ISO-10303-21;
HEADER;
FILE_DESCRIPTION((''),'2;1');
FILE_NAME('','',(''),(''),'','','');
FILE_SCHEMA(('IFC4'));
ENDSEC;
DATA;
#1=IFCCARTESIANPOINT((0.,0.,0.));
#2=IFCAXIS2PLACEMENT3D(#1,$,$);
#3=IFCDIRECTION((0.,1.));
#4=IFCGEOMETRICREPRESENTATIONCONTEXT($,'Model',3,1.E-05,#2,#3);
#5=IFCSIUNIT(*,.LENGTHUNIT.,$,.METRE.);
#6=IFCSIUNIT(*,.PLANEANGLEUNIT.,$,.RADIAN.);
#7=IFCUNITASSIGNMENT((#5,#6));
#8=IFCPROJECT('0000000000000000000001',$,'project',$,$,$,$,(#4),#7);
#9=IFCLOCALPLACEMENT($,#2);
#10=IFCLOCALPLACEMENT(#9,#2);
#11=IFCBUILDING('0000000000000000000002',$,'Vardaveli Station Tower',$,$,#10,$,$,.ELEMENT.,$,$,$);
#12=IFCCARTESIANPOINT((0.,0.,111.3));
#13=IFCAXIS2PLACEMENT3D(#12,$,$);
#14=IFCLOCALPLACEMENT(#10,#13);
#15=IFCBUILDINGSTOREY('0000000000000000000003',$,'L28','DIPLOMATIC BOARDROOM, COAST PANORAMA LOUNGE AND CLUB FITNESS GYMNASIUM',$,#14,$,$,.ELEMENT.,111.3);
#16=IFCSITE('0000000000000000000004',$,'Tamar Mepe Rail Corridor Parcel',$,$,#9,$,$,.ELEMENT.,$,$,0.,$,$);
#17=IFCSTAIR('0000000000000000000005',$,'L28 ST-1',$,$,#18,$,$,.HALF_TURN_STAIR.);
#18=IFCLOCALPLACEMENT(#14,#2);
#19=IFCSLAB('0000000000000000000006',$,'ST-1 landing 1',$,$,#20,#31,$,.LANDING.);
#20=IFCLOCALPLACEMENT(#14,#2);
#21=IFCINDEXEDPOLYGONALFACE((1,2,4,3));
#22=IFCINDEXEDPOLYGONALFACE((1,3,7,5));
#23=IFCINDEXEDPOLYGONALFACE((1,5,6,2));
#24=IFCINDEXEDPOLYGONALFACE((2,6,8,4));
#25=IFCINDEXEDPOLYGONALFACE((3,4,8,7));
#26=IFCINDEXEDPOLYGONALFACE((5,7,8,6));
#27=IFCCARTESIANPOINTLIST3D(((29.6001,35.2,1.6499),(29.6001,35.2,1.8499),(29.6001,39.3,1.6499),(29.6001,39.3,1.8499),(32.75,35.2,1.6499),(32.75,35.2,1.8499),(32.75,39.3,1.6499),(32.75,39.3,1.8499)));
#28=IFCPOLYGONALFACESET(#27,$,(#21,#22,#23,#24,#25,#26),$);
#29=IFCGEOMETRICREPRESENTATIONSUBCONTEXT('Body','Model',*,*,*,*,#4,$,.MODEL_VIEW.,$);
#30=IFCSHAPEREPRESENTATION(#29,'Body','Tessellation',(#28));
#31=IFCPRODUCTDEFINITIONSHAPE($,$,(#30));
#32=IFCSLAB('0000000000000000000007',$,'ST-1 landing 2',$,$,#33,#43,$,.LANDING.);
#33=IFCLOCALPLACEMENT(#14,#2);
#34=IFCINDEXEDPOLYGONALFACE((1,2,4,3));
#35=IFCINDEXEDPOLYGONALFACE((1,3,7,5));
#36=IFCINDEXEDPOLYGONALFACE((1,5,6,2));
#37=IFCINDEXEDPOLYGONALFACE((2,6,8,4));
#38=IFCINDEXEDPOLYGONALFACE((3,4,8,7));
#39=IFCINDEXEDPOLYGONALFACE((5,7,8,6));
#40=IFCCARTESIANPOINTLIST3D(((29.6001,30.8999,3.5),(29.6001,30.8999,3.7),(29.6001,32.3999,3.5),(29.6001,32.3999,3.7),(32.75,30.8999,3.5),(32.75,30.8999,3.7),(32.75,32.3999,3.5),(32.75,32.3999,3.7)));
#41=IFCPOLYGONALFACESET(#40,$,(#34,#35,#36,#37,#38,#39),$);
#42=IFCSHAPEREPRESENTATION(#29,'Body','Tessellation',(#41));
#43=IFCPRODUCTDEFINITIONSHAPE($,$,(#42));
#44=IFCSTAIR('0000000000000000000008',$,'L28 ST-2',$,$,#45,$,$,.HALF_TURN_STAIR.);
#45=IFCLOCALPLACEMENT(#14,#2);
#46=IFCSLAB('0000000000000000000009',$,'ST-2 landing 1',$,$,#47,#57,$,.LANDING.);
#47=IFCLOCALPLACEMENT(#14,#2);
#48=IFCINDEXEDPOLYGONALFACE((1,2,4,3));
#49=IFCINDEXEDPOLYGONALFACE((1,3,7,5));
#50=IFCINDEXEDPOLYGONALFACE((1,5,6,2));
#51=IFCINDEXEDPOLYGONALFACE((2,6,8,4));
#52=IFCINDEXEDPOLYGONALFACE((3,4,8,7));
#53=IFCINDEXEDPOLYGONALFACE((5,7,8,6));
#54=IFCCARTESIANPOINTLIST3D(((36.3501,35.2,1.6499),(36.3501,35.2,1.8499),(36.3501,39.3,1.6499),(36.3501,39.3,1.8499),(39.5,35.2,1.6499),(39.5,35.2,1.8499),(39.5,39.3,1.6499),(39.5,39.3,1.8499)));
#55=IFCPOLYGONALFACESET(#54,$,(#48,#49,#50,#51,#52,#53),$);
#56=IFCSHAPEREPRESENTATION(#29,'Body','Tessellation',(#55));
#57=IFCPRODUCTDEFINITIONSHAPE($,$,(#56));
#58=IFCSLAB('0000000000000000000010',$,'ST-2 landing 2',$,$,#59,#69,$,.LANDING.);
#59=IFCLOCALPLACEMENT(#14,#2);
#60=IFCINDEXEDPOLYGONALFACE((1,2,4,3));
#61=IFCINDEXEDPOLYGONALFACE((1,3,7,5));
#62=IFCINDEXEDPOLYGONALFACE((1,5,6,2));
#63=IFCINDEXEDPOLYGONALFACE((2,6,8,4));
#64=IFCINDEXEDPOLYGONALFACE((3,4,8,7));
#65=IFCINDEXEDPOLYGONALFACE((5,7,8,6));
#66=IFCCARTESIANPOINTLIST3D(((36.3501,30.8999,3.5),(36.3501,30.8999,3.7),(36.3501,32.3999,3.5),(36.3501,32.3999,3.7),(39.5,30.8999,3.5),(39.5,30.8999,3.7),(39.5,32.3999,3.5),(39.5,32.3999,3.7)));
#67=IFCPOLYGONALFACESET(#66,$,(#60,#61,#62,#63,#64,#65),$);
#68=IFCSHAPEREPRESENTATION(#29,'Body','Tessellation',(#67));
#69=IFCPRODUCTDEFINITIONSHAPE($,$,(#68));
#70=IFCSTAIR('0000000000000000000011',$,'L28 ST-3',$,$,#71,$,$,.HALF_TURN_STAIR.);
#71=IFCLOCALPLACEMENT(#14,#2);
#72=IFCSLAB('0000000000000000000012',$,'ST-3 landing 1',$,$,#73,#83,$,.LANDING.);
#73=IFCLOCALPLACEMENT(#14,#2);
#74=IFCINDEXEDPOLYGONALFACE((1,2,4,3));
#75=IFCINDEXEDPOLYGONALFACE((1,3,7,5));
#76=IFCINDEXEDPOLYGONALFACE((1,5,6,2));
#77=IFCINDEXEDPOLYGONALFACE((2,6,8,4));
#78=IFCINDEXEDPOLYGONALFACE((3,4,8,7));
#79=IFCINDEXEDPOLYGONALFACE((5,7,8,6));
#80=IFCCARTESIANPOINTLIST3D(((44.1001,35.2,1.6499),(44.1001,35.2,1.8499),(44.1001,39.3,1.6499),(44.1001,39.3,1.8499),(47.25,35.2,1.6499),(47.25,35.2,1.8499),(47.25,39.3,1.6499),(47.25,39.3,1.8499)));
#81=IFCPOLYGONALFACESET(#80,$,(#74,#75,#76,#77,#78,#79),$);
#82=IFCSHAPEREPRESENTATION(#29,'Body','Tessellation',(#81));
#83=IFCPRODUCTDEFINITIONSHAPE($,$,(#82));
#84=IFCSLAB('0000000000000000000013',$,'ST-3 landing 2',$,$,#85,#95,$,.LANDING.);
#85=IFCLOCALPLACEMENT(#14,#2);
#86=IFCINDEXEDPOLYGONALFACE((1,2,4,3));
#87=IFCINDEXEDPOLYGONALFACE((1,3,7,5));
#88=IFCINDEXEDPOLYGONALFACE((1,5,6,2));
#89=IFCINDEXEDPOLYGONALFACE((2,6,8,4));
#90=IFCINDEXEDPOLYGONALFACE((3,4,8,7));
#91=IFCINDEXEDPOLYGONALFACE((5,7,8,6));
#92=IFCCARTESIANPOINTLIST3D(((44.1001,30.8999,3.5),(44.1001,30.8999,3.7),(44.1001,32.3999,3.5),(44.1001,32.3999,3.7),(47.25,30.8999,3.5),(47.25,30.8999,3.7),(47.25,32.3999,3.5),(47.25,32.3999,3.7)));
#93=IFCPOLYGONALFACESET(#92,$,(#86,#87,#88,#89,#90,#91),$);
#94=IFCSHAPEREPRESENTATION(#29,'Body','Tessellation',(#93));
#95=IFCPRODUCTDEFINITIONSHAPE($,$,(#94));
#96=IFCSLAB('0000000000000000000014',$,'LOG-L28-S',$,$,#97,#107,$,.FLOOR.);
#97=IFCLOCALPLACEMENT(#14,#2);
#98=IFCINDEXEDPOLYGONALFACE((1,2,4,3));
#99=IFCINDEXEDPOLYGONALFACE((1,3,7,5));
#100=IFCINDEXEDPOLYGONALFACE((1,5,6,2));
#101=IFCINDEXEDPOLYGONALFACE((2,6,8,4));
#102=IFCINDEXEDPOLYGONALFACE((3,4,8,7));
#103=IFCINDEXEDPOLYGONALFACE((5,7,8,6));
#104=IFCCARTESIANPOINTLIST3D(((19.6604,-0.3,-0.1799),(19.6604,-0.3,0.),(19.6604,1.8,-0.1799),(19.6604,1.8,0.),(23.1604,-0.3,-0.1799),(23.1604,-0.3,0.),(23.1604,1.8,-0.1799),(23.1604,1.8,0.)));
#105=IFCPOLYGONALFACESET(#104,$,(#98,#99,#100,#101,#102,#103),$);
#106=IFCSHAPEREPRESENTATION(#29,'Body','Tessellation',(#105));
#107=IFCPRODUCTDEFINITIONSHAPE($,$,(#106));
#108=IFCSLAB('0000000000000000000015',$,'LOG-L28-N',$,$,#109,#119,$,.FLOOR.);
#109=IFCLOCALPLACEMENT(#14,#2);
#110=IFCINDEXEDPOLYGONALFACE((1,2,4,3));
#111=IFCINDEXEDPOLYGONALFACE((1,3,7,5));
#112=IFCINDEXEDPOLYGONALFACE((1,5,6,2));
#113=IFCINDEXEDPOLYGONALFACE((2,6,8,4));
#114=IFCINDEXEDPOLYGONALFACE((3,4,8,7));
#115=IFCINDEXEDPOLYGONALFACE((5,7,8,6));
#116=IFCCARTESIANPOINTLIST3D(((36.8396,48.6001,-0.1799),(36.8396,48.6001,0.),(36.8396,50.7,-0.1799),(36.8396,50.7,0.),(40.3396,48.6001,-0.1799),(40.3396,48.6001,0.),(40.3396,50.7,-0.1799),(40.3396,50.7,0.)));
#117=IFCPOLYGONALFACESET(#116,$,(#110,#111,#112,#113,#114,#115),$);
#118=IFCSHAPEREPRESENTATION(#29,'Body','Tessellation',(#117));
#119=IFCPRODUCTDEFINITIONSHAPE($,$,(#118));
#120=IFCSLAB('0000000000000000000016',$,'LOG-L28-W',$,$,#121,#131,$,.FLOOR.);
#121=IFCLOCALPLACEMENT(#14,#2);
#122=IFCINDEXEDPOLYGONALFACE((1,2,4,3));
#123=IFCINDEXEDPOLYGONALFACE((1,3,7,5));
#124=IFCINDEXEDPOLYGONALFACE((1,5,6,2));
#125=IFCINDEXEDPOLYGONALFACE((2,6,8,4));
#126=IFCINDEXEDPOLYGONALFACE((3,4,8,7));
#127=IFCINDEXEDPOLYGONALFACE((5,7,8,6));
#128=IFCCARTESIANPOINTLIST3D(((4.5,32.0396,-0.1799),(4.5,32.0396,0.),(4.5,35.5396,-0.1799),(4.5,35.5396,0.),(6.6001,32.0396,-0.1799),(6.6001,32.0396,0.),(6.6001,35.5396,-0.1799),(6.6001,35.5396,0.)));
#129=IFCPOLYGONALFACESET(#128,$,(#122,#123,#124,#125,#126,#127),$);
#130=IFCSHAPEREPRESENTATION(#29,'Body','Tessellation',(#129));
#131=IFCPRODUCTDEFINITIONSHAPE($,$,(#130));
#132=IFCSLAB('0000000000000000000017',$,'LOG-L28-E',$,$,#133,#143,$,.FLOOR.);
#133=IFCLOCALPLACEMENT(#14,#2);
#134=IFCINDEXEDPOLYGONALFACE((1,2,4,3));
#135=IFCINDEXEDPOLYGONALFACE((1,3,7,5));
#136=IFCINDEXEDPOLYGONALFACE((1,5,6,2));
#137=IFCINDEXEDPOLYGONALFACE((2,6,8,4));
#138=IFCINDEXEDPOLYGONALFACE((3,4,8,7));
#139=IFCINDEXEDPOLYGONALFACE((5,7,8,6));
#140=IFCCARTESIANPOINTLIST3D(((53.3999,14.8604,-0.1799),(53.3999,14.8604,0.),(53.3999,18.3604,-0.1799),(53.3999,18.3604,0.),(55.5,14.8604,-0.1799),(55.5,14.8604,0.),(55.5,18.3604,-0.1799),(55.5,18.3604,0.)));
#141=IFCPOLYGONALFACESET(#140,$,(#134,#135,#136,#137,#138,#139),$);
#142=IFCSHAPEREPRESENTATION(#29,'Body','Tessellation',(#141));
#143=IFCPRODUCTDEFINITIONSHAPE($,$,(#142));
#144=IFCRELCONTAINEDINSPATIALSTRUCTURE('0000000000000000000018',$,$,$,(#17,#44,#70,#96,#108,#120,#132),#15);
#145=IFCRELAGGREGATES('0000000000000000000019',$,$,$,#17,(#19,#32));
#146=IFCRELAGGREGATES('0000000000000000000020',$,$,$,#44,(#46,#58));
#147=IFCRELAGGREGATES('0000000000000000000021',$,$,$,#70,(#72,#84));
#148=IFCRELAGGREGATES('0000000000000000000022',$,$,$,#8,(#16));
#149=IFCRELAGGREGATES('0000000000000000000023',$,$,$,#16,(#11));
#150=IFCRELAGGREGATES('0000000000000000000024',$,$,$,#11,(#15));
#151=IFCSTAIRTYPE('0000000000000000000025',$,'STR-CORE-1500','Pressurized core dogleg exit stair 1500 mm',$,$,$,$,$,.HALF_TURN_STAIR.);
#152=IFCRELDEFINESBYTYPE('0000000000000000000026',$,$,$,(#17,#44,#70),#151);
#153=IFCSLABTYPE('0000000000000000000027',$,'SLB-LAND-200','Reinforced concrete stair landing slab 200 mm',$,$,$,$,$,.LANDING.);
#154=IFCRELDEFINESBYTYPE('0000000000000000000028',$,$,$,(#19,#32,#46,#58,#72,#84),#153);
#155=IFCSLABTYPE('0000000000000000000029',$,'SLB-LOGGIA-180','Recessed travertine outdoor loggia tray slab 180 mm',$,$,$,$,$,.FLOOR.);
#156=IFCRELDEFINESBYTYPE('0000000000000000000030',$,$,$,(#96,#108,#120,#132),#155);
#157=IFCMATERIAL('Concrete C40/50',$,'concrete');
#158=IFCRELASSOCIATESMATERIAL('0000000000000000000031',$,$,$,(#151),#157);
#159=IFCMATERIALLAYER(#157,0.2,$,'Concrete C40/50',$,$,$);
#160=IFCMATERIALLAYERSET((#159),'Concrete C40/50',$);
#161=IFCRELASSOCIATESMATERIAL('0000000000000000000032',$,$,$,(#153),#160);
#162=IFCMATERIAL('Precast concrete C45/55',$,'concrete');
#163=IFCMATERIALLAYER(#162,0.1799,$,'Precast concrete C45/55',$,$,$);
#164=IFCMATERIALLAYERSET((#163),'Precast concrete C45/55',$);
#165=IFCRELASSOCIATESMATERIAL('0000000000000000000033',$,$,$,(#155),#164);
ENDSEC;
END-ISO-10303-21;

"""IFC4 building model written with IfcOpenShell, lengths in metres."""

from ifc_helpers import new_model, si_unit, direction, frame, origin, place, context, subcontext, project, spatial, polyline, outline, extrude, material, layer, layer_set, type_object, element, aggregate, save


model = new_model("IFC4")

# Units and contexts
model_context = context("Model", 3, precision=1e-05, world=origin(), true_north=direction((0.0, 1.0)))
body_context = subcontext(model_context, "Body", "Model", "MODEL_VIEW")
ifc_project = project(units=[si_unit("LENGTHUNIT", "METRE"), si_unit("PLANEANGLEUNIT", "RADIAN")], contexts=[model_context])

# Site, building, storey
site_placement = place(None, origin())
site = spatial("IfcSite", under=ifc_project, at=site_placement, Name="Tamar Mepe Rail Corridor Parcel", CompositionType="ELEMENT", RefElevation=0.0)
building_placement = place(site_placement, origin())
building = spatial("IfcBuilding", under=site, at=building_placement, Name="Vardaveli Station Tower", CompositionType="ELEMENT")
storey_placement = place(building_placement, frame((0.0, 0.0, 111.3)))
storey = spatial("IfcBuildingStorey", under=building, at=storey_placement, Name="L28", Description="DIPLOMATIC BOARDROOM, COAST PANORAMA LOUNGE AND CLUB FITNESS GYMNASIUM", CompositionType="ELEMENT", Elevation=111.3)

# Stairs, slabs
ifc_material_1 = material(Name="Concrete C40/50", Category="concrete")
stair_type = type_object("IfcStairType", Name="STR-CORE-1500", Description="Pressurized core dogleg exit stair 1500 mm", PredefinedType="HALF_TURN_STAIR", material=ifc_material_1)
stair_1_placement = place(storey_placement, origin())
stair_1 = element("IfcStair", 1, at=stair_1_placement, inside=storey, type_object=stair_type, Name="L28 ST-1", PredefinedType="HALF_TURN_STAIR")
ifc_layer_1 = layer(ifc_material_1, 0.2, Name="Concrete C40/50")
ifc_layer_set_1 = layer_set([ifc_layer_1], Name="Concrete C40/50")
slab_type_1 = type_object("IfcSlabType", Name="SLB-LAND-200", Description="Reinforced concrete stair landing slab 200 mm", PredefinedType="LANDING", material=ifc_layer_set_1)
slab_1_placement = place(storey_placement, frame((0.0, 0.0, 1.6499)))
slab_1 = element("IfcSlab", 2, at=slab_1_placement, type_object=slab_type_1, Name="ST-1 landing 1", PredefinedType="LANDING", context=body_context, shape_type="SweptSolid", body=[
    extrude(outline(polyline([(32.75, 35.2), (32.75, 39.3), (29.6001, 39.3), (29.6001, 35.2), (32.75, 35.2)])), origin(), (0.0, 0.0, 1.0), 0.2),
])
slab_2_placement = place(storey_placement, frame((0.0, 0.0, 3.5)))
slab_2 = element("IfcSlab", 3, at=slab_2_placement, type_object=slab_type_1, Name="ST-1 landing 2", PredefinedType="LANDING", context=body_context, shape_type="SweptSolid", body=[
    extrude(outline(polyline([(32.75, 30.8999), (32.75, 32.3999), (29.6001, 32.3999), (29.6001, 30.8999), (32.75, 30.8999)])), origin(), (0.0, 0.0, 1.0), 0.2),
])
aggregate(stair_1, [slab_1, slab_2])
stair_2_placement = place(storey_placement, origin())
stair_2 = element("IfcStair", 4, at=stair_2_placement, inside=storey, type_object=stair_type, Name="L28 ST-2", PredefinedType="HALF_TURN_STAIR")
slab_3_placement = place(storey_placement, frame((0.0, 0.0, 1.6499)))
slab_3 = element("IfcSlab", 5, at=slab_3_placement, type_object=slab_type_1, Name="ST-2 landing 1", PredefinedType="LANDING", context=body_context, shape_type="SweptSolid", body=[
    extrude(outline(polyline([(39.5, 35.2), (39.5, 39.3), (36.3501, 39.3), (36.3501, 35.2), (39.5, 35.2)])), origin(), (0.0, 0.0, 1.0), 0.2),
])
slab_4_placement = place(storey_placement, frame((0.0, 0.0, 3.5)))
slab_4 = element("IfcSlab", 6, at=slab_4_placement, type_object=slab_type_1, Name="ST-2 landing 2", PredefinedType="LANDING", context=body_context, shape_type="SweptSolid", body=[
    extrude(outline(polyline([(39.5, 30.8999), (39.5, 32.3999), (36.3501, 32.3999), (36.3501, 30.8999), (39.5, 30.8999)])), origin(), (0.0, 0.0, 1.0), 0.2),
])
aggregate(stair_2, [slab_3, slab_4])
stair_3_placement = place(storey_placement, origin())
stair_3 = element("IfcStair", 7, at=stair_3_placement, inside=storey, type_object=stair_type, Name="L28 ST-3", PredefinedType="HALF_TURN_STAIR")
slab_5_placement = place(storey_placement, frame((0.0, 0.0, 1.6499)))
slab_5 = element("IfcSlab", 8, at=slab_5_placement, type_object=slab_type_1, Name="ST-3 landing 1", PredefinedType="LANDING", context=body_context, shape_type="SweptSolid", body=[
    extrude(outline(polyline([(47.25, 35.2), (47.25, 39.3), (44.1001, 39.3), (44.1001, 35.2), (47.25, 35.2)])), origin(), (0.0, 0.0, 1.0), 0.2),
])
slab_6_placement = place(storey_placement, frame((0.0, 0.0, 3.5)))
slab_6 = element("IfcSlab", 9, at=slab_6_placement, type_object=slab_type_1, Name="ST-3 landing 2", PredefinedType="LANDING", context=body_context, shape_type="SweptSolid", body=[
    extrude(outline(polyline([(47.25, 30.8999), (47.25, 32.3999), (44.1001, 32.3999), (44.1001, 30.8999), (47.25, 30.8999)])), origin(), (0.0, 0.0, 1.0), 0.2),
])
aggregate(stair_3, [slab_5, slab_6])

# Slabs
ifc_material_2 = material(Name="Precast concrete C45/55", Category="concrete")
ifc_layer_2 = layer(ifc_material_2, 0.1799, Name="Precast concrete C45/55")
ifc_layer_set_2 = layer_set([ifc_layer_2], Name="Precast concrete C45/55")
slab_type_2 = type_object("IfcSlabType", Name="SLB-LOGGIA-180", Description="Recessed travertine outdoor loggia tray slab 180 mm", PredefinedType="FLOOR", material=ifc_layer_set_2)
slab_7_placement = place(storey_placement, frame((0.0, 0.0, -0.1799)))
element("IfcSlab", 10, at=slab_7_placement, inside=storey, type_object=slab_type_2, Name="LOG-L28-S", PredefinedType="FLOOR", context=body_context, shape_type="SweptSolid", body=[
    extrude(outline(polyline([(19.6604, -0.3), (23.1604, -0.3), (23.1604, 1.8), (19.6604, 1.8), (19.6604, -0.3)])), origin(), (0.0, 0.0, 1.0), 0.1799),
])
slab_8_placement = place(storey_placement, frame((0.0, 0.0, -0.1799)))
element("IfcSlab", 11, at=slab_8_placement, inside=storey, type_object=slab_type_2, Name="LOG-L28-N", PredefinedType="FLOOR", context=body_context, shape_type="SweptSolid", body=[
    extrude(outline(polyline([(36.8396, 48.6001), (40.3396, 48.6001), (40.3396, 50.7), (36.8396, 50.7), (36.8396, 48.6001)])), origin(), (0.0, 0.0, 1.0), 0.1799),
])
slab_9_placement = place(storey_placement, frame((0.0, 0.0, -0.1799)))
element("IfcSlab", 12, at=slab_9_placement, inside=storey, type_object=slab_type_2, Name="LOG-L28-W", PredefinedType="FLOOR", context=body_context, shape_type="SweptSolid", body=[
    extrude(outline(polyline([(4.5, 32.0396), (6.6001, 32.0396), (6.6001, 35.5396), (4.5, 35.5396), (4.5, 32.0396)])), origin(), (0.0, 0.0, 1.0), 0.1799),
])
slab_10_placement = place(storey_placement, frame((0.0, 0.0, -0.1799)))
element("IfcSlab", 13, at=slab_10_placement, inside=storey, type_object=slab_type_2, Name="LOG-L28-E", PredefinedType="FLOOR", context=body_context, shape_type="SweptSolid", body=[
    extrude(outline(polyline([(53.3999, 14.8604), (55.5, 14.8604), (55.5, 18.3604), (53.3999, 18.3604), (53.3999, 14.8604)])), origin(), (0.0, 0.0, 1.0), 0.1799),
])

save(model, "model.ifc")
